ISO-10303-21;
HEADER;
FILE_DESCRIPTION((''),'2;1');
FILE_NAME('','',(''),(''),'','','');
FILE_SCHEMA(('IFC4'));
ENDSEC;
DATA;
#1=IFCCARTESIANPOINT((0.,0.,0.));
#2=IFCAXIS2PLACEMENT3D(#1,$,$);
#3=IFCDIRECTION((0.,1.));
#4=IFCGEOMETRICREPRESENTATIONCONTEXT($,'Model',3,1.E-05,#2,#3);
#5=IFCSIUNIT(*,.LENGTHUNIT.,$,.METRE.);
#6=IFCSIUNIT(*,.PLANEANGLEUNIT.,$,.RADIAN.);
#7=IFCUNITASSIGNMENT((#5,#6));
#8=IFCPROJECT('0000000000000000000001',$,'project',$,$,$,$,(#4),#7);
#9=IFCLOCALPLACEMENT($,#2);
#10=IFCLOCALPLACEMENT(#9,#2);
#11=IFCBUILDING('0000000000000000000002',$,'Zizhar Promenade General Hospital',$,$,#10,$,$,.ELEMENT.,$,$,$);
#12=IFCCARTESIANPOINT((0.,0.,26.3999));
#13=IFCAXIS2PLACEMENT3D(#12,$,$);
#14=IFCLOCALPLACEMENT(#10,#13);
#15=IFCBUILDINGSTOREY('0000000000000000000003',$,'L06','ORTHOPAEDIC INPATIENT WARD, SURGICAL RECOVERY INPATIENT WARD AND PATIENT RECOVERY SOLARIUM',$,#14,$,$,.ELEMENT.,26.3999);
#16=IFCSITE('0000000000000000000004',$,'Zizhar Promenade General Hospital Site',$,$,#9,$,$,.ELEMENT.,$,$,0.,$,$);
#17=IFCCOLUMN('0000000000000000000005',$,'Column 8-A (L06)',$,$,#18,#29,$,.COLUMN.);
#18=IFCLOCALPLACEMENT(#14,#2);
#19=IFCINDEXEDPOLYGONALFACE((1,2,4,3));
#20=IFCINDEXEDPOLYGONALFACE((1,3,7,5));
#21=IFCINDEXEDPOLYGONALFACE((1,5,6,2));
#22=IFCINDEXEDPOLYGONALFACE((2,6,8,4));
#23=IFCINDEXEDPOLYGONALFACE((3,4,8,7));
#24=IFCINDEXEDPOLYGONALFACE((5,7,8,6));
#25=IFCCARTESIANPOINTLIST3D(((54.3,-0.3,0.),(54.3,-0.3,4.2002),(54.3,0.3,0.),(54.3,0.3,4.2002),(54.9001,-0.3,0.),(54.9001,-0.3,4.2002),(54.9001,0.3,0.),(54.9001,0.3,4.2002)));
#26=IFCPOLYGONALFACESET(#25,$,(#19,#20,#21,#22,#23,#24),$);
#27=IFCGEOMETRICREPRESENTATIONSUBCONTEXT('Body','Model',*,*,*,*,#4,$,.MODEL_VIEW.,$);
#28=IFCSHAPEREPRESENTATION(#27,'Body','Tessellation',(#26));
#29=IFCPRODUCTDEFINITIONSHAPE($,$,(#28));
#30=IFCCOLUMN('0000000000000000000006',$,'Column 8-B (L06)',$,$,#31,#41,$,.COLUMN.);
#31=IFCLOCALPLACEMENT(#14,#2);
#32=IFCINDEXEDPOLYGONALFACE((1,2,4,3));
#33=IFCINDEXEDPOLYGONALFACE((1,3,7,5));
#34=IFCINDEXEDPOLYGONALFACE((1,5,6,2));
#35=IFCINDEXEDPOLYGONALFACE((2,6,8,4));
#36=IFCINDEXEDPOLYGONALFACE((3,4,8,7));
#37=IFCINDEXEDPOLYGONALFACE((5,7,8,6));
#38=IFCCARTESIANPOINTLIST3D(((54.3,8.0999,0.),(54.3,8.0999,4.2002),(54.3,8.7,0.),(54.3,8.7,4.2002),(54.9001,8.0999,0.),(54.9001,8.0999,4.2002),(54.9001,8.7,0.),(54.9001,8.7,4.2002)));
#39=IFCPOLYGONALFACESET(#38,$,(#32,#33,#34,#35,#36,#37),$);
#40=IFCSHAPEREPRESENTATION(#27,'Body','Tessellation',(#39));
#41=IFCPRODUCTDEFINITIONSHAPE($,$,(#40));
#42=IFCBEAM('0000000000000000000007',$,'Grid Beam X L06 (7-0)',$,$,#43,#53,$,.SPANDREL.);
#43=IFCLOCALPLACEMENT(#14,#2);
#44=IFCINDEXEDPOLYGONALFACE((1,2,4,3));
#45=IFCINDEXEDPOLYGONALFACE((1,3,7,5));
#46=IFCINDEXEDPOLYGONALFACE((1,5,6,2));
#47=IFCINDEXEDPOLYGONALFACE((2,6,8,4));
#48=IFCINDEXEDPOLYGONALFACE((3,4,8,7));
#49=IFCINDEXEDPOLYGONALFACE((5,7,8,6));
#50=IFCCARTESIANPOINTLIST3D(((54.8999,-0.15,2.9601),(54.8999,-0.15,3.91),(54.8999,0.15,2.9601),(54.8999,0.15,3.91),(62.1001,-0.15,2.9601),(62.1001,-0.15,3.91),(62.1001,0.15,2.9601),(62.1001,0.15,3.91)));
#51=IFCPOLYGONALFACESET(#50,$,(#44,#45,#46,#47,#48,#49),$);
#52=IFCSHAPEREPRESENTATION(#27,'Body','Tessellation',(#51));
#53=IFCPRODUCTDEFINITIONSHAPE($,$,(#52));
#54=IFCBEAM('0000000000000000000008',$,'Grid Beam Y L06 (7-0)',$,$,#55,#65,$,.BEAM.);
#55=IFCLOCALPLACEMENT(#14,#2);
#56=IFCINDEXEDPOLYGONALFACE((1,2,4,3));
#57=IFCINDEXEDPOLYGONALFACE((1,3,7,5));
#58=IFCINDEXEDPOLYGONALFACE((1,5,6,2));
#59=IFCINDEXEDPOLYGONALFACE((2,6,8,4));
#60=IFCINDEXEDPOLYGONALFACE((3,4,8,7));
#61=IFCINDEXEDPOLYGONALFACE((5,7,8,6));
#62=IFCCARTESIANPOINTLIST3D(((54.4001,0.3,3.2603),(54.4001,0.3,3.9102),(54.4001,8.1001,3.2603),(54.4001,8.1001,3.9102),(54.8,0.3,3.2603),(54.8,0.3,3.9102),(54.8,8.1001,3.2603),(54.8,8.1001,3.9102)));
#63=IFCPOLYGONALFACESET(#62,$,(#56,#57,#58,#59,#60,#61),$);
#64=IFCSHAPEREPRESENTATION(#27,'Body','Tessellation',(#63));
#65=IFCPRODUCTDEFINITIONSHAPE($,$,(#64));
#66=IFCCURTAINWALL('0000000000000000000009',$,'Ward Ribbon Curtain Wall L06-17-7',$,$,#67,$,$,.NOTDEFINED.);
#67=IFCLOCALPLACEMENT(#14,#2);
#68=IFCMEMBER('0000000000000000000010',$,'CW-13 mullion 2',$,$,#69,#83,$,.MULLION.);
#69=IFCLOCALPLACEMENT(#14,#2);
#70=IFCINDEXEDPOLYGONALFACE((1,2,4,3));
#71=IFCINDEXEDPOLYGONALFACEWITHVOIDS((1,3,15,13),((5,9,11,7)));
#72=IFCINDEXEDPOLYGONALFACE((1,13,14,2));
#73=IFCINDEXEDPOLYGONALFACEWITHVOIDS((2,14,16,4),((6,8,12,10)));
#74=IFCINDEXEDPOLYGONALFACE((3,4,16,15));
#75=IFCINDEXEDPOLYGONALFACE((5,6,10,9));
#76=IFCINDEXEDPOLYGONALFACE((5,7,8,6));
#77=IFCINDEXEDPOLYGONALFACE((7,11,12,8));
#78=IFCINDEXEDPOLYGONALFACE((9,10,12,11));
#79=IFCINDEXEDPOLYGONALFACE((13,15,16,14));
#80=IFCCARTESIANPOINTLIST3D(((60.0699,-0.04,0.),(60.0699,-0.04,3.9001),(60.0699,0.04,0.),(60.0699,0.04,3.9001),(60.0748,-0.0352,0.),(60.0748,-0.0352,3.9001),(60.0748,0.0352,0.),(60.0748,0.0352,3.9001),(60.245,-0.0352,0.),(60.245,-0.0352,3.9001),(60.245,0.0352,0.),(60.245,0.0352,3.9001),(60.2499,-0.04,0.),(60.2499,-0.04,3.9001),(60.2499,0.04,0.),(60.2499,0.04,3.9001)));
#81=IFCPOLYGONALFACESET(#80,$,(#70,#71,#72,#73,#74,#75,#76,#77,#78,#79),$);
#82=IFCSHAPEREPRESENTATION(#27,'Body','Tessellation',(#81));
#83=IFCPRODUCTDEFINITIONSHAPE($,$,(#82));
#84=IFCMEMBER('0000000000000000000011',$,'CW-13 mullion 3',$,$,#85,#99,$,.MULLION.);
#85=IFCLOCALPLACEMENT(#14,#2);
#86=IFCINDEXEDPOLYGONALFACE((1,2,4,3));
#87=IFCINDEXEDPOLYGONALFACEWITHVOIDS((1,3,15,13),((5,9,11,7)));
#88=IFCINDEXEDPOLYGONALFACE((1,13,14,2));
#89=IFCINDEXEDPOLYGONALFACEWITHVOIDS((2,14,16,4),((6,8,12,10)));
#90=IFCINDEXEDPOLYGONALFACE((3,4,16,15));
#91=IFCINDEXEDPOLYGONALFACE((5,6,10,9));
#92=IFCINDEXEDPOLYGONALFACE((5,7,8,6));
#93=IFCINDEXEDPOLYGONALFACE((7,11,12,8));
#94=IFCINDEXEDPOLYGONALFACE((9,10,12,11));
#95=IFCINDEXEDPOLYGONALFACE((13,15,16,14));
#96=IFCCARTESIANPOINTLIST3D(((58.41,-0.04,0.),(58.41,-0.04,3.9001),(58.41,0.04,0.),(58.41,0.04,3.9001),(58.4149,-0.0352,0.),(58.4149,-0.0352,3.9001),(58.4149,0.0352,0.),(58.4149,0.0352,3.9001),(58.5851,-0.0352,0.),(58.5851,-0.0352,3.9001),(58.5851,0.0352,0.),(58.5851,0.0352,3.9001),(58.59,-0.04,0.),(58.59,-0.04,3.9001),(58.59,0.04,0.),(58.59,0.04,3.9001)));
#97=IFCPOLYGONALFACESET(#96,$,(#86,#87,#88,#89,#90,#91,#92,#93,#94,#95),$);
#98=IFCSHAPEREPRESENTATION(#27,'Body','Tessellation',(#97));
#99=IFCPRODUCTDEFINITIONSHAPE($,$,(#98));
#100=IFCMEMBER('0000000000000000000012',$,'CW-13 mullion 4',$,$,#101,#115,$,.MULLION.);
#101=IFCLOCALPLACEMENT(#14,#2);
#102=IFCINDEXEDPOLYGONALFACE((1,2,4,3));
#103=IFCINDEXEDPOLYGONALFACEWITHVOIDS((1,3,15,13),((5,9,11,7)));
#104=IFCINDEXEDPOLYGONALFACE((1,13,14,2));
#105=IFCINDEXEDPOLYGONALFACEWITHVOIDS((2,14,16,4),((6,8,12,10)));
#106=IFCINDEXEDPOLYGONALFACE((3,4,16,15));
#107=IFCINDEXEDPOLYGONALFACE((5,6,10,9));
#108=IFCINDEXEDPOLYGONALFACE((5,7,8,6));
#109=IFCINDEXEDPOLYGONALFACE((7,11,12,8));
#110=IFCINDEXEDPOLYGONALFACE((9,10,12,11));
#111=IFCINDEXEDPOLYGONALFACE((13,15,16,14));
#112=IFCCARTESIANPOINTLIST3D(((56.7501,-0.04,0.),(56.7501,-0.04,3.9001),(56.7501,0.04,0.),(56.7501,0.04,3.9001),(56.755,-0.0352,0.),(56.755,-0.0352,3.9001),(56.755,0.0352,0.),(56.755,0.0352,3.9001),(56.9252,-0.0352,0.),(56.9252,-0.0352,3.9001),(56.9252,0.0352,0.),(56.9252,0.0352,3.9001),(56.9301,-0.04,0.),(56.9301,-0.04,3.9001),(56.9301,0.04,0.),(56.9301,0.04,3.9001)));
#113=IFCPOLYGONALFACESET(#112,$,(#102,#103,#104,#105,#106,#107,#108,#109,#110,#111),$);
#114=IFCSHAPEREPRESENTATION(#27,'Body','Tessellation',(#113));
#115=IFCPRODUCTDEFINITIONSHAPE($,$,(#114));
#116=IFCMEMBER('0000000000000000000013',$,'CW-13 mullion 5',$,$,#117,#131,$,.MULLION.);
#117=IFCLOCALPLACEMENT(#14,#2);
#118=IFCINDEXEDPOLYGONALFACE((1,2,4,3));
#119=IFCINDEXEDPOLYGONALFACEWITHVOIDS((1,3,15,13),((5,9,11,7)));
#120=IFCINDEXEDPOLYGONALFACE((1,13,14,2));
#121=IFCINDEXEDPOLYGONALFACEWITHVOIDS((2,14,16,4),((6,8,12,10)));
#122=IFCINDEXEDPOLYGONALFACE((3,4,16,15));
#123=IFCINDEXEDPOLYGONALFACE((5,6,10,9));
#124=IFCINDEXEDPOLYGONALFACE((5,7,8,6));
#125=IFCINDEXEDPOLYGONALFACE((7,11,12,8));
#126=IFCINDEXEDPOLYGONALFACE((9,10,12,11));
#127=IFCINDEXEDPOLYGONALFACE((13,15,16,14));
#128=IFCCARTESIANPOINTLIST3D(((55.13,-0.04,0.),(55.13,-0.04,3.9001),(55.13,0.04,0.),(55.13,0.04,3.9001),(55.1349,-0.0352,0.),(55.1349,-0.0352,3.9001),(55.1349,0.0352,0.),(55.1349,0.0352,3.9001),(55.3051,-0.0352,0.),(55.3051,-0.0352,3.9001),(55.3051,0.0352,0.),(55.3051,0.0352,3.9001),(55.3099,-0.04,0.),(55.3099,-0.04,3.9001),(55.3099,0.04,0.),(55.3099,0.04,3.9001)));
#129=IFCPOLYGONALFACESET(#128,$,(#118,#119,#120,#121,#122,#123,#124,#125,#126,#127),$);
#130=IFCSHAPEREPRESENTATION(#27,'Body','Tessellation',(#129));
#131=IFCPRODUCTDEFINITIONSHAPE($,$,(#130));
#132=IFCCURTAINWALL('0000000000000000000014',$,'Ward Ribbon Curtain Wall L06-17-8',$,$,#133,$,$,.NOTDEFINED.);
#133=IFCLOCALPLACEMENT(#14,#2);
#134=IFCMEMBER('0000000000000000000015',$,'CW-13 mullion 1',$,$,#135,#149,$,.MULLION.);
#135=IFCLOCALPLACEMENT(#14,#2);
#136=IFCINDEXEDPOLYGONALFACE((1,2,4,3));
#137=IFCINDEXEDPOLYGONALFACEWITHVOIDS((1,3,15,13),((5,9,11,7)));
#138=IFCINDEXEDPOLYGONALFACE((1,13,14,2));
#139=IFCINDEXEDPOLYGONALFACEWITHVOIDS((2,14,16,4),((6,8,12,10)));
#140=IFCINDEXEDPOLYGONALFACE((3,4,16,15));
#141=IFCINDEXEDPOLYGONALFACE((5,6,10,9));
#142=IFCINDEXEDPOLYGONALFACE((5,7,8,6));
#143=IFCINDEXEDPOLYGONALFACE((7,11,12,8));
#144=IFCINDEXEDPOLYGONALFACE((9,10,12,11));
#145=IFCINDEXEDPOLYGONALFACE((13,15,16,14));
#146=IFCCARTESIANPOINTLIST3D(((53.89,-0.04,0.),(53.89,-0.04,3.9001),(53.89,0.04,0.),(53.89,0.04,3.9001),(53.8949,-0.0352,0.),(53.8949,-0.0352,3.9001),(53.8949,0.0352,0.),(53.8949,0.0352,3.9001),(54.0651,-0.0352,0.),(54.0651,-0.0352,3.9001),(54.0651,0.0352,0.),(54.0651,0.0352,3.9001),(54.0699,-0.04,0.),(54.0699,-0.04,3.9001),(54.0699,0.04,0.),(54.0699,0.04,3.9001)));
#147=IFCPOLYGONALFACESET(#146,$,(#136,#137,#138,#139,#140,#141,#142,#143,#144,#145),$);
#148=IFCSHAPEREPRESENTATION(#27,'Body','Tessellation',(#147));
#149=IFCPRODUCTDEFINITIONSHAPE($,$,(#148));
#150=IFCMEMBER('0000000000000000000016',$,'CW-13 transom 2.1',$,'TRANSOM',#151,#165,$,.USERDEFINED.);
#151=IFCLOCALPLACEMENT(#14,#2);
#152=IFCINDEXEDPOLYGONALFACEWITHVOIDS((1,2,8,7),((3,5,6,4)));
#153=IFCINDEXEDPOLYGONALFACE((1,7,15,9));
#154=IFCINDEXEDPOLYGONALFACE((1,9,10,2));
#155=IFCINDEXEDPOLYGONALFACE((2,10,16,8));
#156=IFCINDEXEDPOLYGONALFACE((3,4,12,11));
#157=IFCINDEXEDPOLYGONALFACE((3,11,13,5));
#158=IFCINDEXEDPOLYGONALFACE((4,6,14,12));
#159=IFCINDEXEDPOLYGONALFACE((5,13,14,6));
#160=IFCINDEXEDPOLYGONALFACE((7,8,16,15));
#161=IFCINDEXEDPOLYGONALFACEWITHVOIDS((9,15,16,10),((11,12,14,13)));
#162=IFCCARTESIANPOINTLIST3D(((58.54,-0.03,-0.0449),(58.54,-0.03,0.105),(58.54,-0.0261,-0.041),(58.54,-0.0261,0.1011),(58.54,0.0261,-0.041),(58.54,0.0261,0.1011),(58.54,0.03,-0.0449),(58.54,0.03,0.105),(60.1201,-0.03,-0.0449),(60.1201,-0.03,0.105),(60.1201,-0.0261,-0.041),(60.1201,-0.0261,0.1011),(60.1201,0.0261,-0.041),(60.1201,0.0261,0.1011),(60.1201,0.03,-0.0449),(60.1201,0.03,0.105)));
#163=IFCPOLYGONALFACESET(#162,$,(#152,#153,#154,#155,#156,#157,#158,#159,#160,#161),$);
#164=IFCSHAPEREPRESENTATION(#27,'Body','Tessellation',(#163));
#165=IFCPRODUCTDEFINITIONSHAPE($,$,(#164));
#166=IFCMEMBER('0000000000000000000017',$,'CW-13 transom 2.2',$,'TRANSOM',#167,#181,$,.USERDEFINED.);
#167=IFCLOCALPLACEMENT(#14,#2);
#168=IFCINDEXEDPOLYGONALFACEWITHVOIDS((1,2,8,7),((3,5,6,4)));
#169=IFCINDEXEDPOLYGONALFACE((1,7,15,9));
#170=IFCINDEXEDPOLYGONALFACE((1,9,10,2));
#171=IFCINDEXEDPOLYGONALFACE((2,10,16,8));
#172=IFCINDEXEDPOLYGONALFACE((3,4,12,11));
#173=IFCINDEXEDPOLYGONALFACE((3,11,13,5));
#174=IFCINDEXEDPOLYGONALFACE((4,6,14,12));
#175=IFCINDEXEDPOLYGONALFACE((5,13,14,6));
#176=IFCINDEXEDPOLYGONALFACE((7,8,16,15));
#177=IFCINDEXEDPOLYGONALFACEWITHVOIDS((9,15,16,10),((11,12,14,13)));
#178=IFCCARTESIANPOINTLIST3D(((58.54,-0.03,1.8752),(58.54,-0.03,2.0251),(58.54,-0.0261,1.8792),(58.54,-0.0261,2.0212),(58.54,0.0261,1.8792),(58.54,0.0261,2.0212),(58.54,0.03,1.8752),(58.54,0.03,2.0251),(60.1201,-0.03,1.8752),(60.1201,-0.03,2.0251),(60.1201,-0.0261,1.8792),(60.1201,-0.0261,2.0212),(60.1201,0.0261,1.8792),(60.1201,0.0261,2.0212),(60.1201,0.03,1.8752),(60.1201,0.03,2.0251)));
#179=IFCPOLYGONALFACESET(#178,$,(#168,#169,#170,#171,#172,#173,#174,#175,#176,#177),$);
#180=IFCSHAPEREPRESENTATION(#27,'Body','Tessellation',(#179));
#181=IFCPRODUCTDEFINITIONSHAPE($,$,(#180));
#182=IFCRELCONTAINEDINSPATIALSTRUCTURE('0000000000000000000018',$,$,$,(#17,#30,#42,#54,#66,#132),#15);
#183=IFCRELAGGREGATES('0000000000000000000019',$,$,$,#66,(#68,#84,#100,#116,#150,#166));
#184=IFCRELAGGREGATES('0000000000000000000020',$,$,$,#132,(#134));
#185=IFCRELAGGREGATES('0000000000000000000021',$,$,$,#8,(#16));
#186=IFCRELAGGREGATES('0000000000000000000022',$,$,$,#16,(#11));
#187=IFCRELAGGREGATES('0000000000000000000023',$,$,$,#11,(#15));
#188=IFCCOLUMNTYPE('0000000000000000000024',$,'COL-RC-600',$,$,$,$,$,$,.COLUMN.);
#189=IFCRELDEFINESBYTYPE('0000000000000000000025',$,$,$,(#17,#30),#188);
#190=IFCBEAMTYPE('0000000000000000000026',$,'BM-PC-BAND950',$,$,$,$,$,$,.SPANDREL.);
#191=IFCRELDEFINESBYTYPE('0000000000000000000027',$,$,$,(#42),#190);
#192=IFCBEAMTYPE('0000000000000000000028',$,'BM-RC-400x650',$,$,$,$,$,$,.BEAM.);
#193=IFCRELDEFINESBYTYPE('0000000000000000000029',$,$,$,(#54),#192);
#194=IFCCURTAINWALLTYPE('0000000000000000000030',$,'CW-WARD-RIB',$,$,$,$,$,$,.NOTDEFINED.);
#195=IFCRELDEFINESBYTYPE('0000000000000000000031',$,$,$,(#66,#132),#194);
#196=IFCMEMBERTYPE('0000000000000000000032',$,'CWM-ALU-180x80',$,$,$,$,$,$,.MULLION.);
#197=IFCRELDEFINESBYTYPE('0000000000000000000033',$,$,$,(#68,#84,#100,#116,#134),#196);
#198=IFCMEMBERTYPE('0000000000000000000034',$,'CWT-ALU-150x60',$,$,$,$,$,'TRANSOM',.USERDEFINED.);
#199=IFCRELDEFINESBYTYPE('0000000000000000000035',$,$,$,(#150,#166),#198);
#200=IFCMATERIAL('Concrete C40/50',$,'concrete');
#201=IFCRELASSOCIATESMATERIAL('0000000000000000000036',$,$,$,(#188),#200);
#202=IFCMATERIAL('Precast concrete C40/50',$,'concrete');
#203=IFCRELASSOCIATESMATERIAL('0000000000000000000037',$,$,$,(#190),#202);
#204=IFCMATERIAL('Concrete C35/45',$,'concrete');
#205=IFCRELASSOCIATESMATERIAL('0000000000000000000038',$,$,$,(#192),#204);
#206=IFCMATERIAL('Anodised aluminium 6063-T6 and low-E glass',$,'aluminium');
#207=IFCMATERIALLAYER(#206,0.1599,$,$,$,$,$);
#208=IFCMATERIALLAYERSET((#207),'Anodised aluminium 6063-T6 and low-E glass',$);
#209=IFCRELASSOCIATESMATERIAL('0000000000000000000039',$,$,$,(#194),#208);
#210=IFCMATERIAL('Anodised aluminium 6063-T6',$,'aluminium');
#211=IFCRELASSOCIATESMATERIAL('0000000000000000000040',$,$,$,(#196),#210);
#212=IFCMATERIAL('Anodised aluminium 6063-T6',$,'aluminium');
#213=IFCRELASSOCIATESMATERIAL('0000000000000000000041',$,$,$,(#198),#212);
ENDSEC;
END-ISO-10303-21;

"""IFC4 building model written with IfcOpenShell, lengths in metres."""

from ifc_helpers import new_model, si_unit, direction, frame, origin, origin_2d, place, context, subcontext, project, spatial, rectangle, hollow_rectangle, extrude, material, layer, layer_set, material_profile, profile_set, type_object, element, aggregate, save


model = new_model("IFC4")

# Units and contexts
model_context = context("Model", 3, precision=1e-05, world=origin(), true_north=direction((0.0, 1.0)))
body_context = subcontext(model_context, "Body", "Model", "MODEL_VIEW")
ifc_project = project(units=[si_unit("LENGTHUNIT", "METRE"), si_unit("PLANEANGLEUNIT", "RADIAN")], contexts=[model_context])

# Site, building, storey
site_placement = place(None, origin())
site = spatial("IfcSite", under=ifc_project, at=site_placement, Name="Zizhar Promenade General Hospital Site", CompositionType="ELEMENT", RefElevation=0.0)
building_placement = place(site_placement, origin())
building = spatial("IfcBuilding", under=site, at=building_placement, Name="Zizhar Promenade General Hospital", CompositionType="ELEMENT")
storey_placement = place(building_placement, frame((0.0, 0.0, 26.3999)))
storey = spatial("IfcBuildingStorey", under=building, at=storey_placement, Name="L06", Description="ORTHOPAEDIC INPATIENT WARD, SURGICAL RECOVERY INPATIENT WARD AND PATIENT RECOVERY SOLARIUM", CompositionType="ELEMENT", Elevation=26.3999)

# Columns
ifc_material_1 = material(Name="Concrete C40/50", Category="concrete")
ifc_material_profile_1 = material_profile(ifc_material_1, rectangle(XDim=0.6001, YDim=0.6001, at=origin_2d()))
ifc_profile_set_1 = profile_set([ifc_material_profile_1], Name="Concrete C40/50")
column_type = type_object("IfcColumnType", Name="COL-RC-600", PredefinedType="COLUMN", material=ifc_profile_set_1)
for number, where, z_axis, x_axis, name in (
    (1, (54.6001, 0.0, 0.0), (0.0, 0.0, 1.0), (1.0, 0.0, 0.0), "Column 8-A (L06)"),
    (2, (54.6001, 8.3999, 0.0), (0.0, 0.0, 1.0), (1.0, 0.0, 0.0), "Column 8-B (L06)"),
):
    element("IfcColumn", number, at=place(storey_placement, frame(where, z_axis=z_axis, x_axis=x_axis)), inside=storey, type_object=column_type, Name=name, PredefinedType="COLUMN", context=body_context, shape_type="SweptSolid", body=[
        extrude(rectangle(XDim=0.6001, YDim=0.6001, at=origin_2d()), origin(), (0.0, 0.0, 1.0), 4.2002),
    ])

# Beams
ifc_material_2 = material(Name="Precast concrete C40/50", Category="concrete")
ifc_material_profile_2 = material_profile(ifc_material_2, rectangle(XDim=0.3, YDim=0.95, at=origin_2d()))
ifc_profile_set_2 = profile_set([ifc_material_profile_2], Name="Precast concrete C40/50")
beam_type_1 = type_object("IfcBeamType", Name="BM-PC-BAND950", PredefinedType="SPANDREL", material=ifc_profile_set_2)
beam_1_placement = place(storey_placement, frame((54.8999, 0.0, 3.4351), z_axis=(1.0, 0.0, 0.0), x_axis=(0.0, 1.0, 0.0)))
element("IfcBeam", 3, at=beam_1_placement, inside=storey, type_object=beam_type_1, Name="Grid Beam X L06 (7-0)", PredefinedType="SPANDREL", context=body_context, shape_type="SweptSolid", body=[
    extrude(rectangle(XDim=0.3, YDim=0.95, at=origin_2d()), origin(), (0.0, 0.0, 1.0), 7.2002),
])
ifc_material_3 = material(Name="Concrete C35/45", Category="concrete")
ifc_material_profile_3 = material_profile(ifc_material_3, rectangle(XDim=0.3999, YDim=0.6499, at=origin_2d()))
ifc_profile_set_3 = profile_set([ifc_material_profile_3], Name="Concrete C35/45")
beam_type_2 = type_object("IfcBeamType", Name="BM-RC-400x650", PredefinedType="BEAM", material=ifc_profile_set_3)
beam_2_placement = place(storey_placement, frame((54.6001, 0.3, 3.5852), z_axis=(0.0, 1.0, 0.0), x_axis=(-1.0, 0.0, 0.0)))
element("IfcBeam", 4, at=beam_2_placement, inside=storey, type_object=beam_type_2, Name="Grid Beam Y L06 (7-0)", PredefinedType="BEAM", context=body_context, shape_type="SweptSolid", body=[
    extrude(rectangle(XDim=0.3999, YDim=0.6499, at=origin_2d()), origin(), (0.0, 0.0, 1.0), 7.8),
])

# Curtain wall, members
ifc_material_4 = material(Name="Anodised aluminium 6063-T6 and low-E glass", Category="aluminium")
ifc_layer_1 = layer(ifc_material_4, 0.1599)
ifc_layer_set_1 = layer_set([ifc_layer_1], Name="Anodised aluminium 6063-T6 and low-E glass")
curtain_wall_type = type_object("IfcCurtainWallType", Name="CW-WARD-RIB", PredefinedType="NOTDEFINED", material=ifc_layer_set_1)
curtain_wall_1_placement = place(storey_placement, origin())
curtain_wall_1 = element("IfcCurtainWall", 5, at=curtain_wall_1_placement, inside=storey, type_object=curtain_wall_type, Name="Ward Ribbon Curtain Wall L06-17-7", PredefinedType="NOTDEFINED")
ifc_material_5 = material(Name="Anodised aluminium 6063-T6", Category="aluminium")
ifc_material_profile_4 = material_profile(ifc_material_5, hollow_rectangle(XDim=0.0801, YDim=0.1799, WallThickness=0.0049, at=origin_2d()))
ifc_profile_set_4 = profile_set([ifc_material_profile_4], Name="Anodised aluminium 6063-T6")
member_type_1 = type_object("IfcMemberType", Name="CWM-ALU-180x80", PredefinedType="MULLION", material=ifc_profile_set_4)
member_1_placement = place(storey_placement, frame((60.1599, 0.0, 0.0), z_axis=(0.0, 0.0, 1.0), x_axis=(0.0, -1.0, 0.0)))
member_1 = element("IfcMember", 6, at=member_1_placement, type_object=member_type_1, Name="CW-13 mullion 2", PredefinedType="MULLION", context=body_context, shape_type="SweptSolid", body=[
    extrude(hollow_rectangle(XDim=0.0801, YDim=0.1799, WallThickness=0.0049, at=origin_2d()), origin(), (0.0, 0.0, 1.0), 3.9001),
])
member_2_placement = place(storey_placement, frame((58.5, 0.0, 0.0), z_axis=(0.0, 0.0, 1.0), x_axis=(0.0, -1.0, 0.0)))
member_2 = element("IfcMember", 7, at=member_2_placement, type_object=member_type_1, Name="CW-13 mullion 3", PredefinedType="MULLION", context=body_context, shape_type="SweptSolid", body=[
    extrude(hollow_rectangle(XDim=0.0801, YDim=0.1799, WallThickness=0.0049, at=origin_2d()), origin(), (0.0, 0.0, 1.0), 3.9001),
])
member_3_placement = place(storey_placement, frame((56.8401, 0.0, 0.0), z_axis=(0.0, 0.0, 1.0), x_axis=(0.0, -1.0, 0.0)))
member_3 = element("IfcMember", 8, at=member_3_placement, type_object=member_type_1, Name="CW-13 mullion 4", PredefinedType="MULLION", context=body_context, shape_type="SweptSolid", body=[
    extrude(hollow_rectangle(XDim=0.0801, YDim=0.1799, WallThickness=0.0049, at=origin_2d()), origin(), (0.0, 0.0, 1.0), 3.9001),
])
member_4_placement = place(storey_placement, frame((55.22, 0.0, 0.0), z_axis=(0.0, 0.0, 1.0), x_axis=(0.0, -1.0, 0.0)))
member_4 = element("IfcMember", 9, at=member_4_placement, type_object=member_type_1, Name="CW-13 mullion 5", PredefinedType="MULLION", context=body_context, shape_type="SweptSolid", body=[
    extrude(hollow_rectangle(XDim=0.0801, YDim=0.1799, WallThickness=0.0049, at=origin_2d()), origin(), (0.0, 0.0, 1.0), 3.9001),
])

# Curtain wall, member
curtain_wall_2_placement = place(storey_placement, origin())
curtain_wall_2 = element("IfcCurtainWall", 10, at=curtain_wall_2_placement, inside=storey, type_object=curtain_wall_type, Name="Ward Ribbon Curtain Wall L06-17-8", PredefinedType="NOTDEFINED")
member_5_placement = place(storey_placement, frame((53.98, 0.0, 0.0), z_axis=(0.0, 0.0, 1.0), x_axis=(0.0, -1.0, 0.0)))
member_5 = element("IfcMember", 11, at=member_5_placement, type_object=member_type_1, Name="CW-13 mullion 1", PredefinedType="MULLION", context=body_context, shape_type="SweptSolid", body=[
    extrude(hollow_rectangle(XDim=0.0801, YDim=0.1799, WallThickness=0.0049, at=origin_2d()), origin(), (0.0, 0.0, 1.0), 3.9001),
])

# Members
ifc_material_6 = material(Name="Anodised aluminium 6063-T6", Category="aluminium")
ifc_material_profile_5 = material_profile(ifc_material_6, hollow_rectangle(XDim=0.0601, YDim=0.1499, WallThickness=0.0039, at=origin_2d()))
ifc_profile_set_5 = profile_set([ifc_material_profile_5], Name="Anodised aluminium 6063-T6")
member_type_2 = type_object("IfcMemberType", Name="CWT-ALU-150x60", ElementType="TRANSOM", PredefinedType="USERDEFINED", material=ifc_profile_set_5)
member_6_placement = place(storey_placement, frame((60.1201, 0.0, 0.03), z_axis=(-1.0, 0.0, 0.0), x_axis=(0.0, -1.0, 0.0)))
member_6 = element("IfcMember", 12, at=member_6_placement, type_object=member_type_2, Name="CW-13 transom 2.1", ObjectType="TRANSOM", PredefinedType="USERDEFINED", context=body_context, shape_type="SweptSolid", body=[
    extrude(hollow_rectangle(XDim=0.0601, YDim=0.1499, WallThickness=0.0039, at=origin_2d()), origin(), (0.0, 0.0, 1.0), 1.5801),
])
member_7_placement = place(storey_placement, frame((60.1201, 0.0, 1.9502), z_axis=(-1.0, 0.0, 0.0), x_axis=(0.0, -1.0, 0.0)))
member_7 = element("IfcMember", 13, at=member_7_placement, type_object=member_type_2, Name="CW-13 transom 2.2", ObjectType="TRANSOM", PredefinedType="USERDEFINED", context=body_context, shape_type="SweptSolid", body=[
    extrude(hollow_rectangle(XDim=0.0601, YDim=0.1499, WallThickness=0.0039, at=origin_2d()), origin(), (0.0, 0.0, 1.0), 1.5801),
])

aggregate(curtain_wall_1, [member_1, member_2, member_3, member_4, member_6, member_7])
aggregate(curtain_wall_2, [member_5])

save(model, "model.ifc")
